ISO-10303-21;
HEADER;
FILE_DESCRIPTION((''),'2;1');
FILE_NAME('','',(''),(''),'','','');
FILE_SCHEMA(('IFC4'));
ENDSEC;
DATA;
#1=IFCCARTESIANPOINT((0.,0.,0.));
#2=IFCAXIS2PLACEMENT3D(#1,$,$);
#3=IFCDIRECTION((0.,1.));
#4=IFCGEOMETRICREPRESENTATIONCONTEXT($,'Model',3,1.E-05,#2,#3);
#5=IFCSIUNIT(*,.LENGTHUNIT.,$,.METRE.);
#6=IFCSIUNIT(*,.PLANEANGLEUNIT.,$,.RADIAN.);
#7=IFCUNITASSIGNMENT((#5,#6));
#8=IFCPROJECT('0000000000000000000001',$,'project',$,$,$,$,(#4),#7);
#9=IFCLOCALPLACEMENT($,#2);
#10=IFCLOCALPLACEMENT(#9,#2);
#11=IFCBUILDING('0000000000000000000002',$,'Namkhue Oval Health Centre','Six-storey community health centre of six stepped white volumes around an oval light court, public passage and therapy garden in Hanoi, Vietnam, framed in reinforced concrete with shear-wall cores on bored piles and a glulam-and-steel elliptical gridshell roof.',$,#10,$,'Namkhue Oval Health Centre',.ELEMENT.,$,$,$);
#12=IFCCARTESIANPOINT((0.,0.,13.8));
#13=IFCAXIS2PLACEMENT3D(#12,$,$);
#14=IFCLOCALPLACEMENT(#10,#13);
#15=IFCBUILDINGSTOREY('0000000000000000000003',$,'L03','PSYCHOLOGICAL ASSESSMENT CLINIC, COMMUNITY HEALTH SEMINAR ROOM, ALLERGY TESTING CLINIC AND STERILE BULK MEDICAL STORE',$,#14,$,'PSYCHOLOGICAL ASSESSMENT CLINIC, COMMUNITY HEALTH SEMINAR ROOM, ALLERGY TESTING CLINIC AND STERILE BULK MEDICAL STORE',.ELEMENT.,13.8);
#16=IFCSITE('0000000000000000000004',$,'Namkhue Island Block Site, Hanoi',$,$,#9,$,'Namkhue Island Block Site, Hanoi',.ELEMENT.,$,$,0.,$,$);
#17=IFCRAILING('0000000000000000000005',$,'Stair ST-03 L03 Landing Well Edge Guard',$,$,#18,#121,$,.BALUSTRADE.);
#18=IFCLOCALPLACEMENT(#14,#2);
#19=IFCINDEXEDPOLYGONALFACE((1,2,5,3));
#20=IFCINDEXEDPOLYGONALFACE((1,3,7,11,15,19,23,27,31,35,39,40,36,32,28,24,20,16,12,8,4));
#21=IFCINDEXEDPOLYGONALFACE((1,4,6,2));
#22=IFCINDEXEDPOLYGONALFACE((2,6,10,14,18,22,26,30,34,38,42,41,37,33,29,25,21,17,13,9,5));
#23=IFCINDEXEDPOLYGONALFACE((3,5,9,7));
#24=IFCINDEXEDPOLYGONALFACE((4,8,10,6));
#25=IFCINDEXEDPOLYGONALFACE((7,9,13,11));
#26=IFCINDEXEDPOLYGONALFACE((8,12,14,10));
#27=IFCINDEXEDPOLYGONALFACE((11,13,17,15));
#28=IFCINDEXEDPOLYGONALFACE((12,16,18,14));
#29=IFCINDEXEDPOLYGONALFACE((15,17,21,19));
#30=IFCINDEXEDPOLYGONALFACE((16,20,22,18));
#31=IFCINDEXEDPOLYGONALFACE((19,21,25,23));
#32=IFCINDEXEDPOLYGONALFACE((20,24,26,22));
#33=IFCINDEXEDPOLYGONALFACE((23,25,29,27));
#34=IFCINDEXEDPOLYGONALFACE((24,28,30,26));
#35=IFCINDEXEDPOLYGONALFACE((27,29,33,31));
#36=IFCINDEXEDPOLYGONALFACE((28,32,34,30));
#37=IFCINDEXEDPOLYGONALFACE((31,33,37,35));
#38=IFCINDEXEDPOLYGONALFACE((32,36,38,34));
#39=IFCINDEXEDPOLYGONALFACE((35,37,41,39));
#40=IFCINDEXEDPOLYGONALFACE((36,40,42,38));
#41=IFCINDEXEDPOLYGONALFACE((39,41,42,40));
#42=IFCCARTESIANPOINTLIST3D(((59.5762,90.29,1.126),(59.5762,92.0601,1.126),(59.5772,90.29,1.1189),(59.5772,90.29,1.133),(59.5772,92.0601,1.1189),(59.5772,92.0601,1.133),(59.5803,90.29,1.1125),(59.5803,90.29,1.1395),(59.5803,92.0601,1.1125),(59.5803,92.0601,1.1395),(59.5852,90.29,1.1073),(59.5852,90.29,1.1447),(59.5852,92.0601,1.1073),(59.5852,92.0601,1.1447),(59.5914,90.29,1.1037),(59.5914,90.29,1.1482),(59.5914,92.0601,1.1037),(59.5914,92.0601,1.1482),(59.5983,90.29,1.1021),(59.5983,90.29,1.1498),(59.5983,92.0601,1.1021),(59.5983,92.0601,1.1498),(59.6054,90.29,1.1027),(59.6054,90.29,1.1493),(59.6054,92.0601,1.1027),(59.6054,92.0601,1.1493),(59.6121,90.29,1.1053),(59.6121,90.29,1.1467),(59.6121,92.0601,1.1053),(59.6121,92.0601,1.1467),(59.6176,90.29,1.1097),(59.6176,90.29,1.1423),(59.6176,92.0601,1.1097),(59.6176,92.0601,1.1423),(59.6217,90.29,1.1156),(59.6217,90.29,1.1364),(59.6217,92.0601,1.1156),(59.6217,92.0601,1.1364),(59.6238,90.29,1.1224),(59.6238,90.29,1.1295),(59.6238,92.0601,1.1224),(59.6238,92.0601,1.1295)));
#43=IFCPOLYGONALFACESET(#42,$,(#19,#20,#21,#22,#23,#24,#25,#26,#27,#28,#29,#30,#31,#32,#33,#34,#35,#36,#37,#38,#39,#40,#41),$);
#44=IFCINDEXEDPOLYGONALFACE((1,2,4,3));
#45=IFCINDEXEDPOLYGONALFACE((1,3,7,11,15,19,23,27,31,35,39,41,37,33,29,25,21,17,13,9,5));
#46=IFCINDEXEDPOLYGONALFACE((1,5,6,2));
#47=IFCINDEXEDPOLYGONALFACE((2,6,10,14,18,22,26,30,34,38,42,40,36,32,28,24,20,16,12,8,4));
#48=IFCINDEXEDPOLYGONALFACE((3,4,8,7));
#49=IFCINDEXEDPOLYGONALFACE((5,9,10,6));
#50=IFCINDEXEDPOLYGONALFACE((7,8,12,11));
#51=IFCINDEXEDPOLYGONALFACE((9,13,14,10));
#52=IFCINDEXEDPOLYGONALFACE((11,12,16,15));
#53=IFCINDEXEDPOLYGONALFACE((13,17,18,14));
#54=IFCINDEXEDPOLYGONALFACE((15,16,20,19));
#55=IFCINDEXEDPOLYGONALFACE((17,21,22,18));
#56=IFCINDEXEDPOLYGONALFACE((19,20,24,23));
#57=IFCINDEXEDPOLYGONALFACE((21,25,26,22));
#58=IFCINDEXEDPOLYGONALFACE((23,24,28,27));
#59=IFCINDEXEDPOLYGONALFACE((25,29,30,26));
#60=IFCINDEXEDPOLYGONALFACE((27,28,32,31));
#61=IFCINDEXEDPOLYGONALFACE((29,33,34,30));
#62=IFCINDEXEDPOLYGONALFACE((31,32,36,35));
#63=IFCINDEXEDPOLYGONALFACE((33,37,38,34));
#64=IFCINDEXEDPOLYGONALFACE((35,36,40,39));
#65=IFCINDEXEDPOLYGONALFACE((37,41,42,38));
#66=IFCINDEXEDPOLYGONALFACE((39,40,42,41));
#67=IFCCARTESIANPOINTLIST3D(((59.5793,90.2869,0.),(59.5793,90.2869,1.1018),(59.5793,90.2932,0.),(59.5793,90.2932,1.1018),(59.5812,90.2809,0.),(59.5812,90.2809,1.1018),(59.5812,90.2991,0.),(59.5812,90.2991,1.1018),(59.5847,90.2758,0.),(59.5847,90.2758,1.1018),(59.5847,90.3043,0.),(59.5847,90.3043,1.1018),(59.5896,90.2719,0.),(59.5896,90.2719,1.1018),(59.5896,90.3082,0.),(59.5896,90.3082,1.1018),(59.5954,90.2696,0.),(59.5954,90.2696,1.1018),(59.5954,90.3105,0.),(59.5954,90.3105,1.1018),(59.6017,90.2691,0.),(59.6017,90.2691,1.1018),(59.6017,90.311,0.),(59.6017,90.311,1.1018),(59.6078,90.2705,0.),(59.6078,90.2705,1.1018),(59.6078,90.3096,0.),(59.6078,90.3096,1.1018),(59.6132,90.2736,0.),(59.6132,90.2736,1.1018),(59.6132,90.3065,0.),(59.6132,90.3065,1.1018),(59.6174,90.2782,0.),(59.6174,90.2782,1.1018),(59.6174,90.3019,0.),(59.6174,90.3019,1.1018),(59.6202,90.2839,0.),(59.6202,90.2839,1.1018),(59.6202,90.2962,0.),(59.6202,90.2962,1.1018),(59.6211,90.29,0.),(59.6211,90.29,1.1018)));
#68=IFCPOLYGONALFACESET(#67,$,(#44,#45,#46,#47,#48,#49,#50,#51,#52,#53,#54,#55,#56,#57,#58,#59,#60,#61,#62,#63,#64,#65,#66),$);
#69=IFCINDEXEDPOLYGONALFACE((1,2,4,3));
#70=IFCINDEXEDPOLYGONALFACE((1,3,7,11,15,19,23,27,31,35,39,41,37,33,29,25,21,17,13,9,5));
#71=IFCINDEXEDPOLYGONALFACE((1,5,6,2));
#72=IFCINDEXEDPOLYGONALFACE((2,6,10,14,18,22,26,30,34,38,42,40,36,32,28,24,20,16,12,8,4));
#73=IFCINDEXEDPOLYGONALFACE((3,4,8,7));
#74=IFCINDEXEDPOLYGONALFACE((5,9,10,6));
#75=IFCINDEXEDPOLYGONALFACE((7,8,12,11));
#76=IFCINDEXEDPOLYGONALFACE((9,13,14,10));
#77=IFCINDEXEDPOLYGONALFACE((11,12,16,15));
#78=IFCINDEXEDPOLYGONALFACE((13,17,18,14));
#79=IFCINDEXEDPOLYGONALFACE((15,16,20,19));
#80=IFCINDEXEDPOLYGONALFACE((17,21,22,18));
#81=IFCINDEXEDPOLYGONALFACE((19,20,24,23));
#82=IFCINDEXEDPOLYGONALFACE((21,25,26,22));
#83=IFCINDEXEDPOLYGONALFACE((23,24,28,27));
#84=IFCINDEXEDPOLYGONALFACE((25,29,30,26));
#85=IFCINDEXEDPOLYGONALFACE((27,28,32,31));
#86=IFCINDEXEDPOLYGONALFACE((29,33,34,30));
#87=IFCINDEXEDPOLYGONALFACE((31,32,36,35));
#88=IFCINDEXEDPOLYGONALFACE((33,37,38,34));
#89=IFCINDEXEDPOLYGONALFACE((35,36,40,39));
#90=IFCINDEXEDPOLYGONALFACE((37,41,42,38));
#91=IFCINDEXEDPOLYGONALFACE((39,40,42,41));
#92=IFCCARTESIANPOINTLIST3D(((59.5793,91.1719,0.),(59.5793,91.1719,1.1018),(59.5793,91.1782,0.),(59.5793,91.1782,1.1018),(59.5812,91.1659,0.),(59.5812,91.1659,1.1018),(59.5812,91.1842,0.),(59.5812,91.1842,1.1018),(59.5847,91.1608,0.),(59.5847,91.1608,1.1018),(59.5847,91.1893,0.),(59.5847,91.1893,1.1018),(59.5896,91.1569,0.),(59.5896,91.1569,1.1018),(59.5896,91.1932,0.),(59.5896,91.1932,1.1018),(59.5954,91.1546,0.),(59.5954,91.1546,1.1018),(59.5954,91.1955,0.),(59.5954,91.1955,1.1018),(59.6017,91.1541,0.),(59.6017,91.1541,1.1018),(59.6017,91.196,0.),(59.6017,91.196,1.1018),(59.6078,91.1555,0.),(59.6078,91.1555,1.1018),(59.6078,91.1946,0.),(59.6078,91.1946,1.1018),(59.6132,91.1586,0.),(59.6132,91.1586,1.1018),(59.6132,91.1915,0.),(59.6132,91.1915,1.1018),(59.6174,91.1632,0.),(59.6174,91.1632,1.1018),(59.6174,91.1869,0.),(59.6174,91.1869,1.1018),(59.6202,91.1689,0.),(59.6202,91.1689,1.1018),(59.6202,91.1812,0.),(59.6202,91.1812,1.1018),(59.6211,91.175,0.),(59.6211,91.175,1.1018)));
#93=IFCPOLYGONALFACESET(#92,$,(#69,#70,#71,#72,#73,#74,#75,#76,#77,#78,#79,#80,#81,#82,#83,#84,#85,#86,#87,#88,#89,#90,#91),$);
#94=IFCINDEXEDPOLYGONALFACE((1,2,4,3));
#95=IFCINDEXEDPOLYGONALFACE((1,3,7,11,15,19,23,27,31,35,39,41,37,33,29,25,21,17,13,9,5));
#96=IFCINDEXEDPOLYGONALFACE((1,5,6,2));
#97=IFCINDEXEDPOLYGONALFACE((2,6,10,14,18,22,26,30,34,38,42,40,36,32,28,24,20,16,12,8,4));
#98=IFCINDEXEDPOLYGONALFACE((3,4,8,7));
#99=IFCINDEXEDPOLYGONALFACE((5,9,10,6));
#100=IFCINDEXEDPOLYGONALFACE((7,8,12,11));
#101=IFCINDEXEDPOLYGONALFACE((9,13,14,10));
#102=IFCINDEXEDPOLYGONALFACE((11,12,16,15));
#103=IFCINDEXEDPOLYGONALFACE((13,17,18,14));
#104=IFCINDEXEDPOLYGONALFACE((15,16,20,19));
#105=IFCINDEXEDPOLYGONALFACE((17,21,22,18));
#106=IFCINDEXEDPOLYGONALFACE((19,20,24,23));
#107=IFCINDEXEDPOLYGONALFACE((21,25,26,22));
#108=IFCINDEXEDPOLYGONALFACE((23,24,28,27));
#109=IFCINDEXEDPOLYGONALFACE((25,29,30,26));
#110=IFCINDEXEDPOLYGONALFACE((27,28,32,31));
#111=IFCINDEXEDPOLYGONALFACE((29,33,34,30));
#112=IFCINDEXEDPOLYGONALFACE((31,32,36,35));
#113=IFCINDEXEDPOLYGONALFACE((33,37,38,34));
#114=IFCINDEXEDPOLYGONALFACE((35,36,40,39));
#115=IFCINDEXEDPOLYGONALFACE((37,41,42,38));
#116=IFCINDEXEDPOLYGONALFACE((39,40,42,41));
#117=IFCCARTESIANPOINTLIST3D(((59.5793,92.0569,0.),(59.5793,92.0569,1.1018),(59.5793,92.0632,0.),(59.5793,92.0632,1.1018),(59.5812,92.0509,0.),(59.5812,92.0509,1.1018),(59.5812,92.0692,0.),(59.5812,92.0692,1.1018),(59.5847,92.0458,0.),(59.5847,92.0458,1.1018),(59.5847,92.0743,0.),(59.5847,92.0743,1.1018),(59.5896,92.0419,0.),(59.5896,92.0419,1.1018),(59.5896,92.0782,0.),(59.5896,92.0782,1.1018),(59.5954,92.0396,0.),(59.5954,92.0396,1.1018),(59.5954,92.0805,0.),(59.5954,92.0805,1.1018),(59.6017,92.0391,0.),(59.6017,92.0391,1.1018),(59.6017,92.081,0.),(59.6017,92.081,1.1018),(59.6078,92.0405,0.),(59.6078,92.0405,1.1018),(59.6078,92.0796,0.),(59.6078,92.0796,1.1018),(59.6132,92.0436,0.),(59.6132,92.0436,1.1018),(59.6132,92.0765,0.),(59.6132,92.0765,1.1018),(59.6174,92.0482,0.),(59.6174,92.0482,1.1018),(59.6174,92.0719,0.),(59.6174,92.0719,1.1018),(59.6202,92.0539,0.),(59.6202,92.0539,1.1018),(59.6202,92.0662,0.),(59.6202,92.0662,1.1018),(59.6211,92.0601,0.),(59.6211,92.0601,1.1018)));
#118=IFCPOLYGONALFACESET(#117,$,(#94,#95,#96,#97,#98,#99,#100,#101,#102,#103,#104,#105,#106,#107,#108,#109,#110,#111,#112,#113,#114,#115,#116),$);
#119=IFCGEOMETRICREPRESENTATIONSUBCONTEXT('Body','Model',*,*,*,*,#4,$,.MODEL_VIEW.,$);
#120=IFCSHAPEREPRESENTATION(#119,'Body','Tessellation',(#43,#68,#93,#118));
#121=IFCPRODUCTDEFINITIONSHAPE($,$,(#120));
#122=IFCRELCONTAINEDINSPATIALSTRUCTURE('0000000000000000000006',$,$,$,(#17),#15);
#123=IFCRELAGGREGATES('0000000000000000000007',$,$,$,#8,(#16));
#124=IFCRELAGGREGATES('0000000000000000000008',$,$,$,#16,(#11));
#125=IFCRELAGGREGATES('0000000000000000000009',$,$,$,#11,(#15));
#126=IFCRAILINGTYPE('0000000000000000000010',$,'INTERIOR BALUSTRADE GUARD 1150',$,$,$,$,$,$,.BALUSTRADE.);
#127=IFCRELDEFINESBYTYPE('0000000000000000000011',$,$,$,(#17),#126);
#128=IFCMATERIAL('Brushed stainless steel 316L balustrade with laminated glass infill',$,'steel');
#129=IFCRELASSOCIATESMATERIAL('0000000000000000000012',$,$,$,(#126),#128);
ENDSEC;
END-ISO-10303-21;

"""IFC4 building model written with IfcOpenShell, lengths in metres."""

from ifc_helpers import new_model, si_unit, direction, frame, origin, origin_2d, place, context, subcontext, project, spatial, circle, extrude, material, type_object, element, save


model = new_model("IFC4")

# Units and contexts
model_context = context("Model", 3, precision=1e-05, world=origin(), true_north=direction((0.0, 1.0)))
body_context = subcontext(model_context, "Body", "Model", "MODEL_VIEW")
ifc_project = project(units=[si_unit("LENGTHUNIT", "METRE"), si_unit("PLANEANGLEUNIT", "RADIAN")], contexts=[model_context])

# Site, building, storey
site_placement = place(None, origin())
site = spatial("IfcSite", under=ifc_project, at=site_placement, Name="Namkhue Island Block Site, Hanoi", LongName="Namkhue Island Block Site, Hanoi", CompositionType="ELEMENT", RefElevation=0.0)
building_placement = place(site_placement, origin())
building = spatial("IfcBuilding", under=site, at=building_placement, Name="Namkhue Oval Health Centre", Description="Six-storey community health centre of six stepped white volumes around an oval light court, public passage and therapy garden in Hanoi, Vietnam, framed in reinforced concrete with shear-wall cores on bored piles and a glulam-and-steel elliptical gridshell roof.", LongName="Namkhue Oval Health Centre", CompositionType="ELEMENT")
storey_placement = place(building_placement, frame((0.0, 0.0, 13.8)))
storey = spatial("IfcBuildingStorey", under=building, at=storey_placement, Name="L03", Description="PSYCHOLOGICAL ASSESSMENT CLINIC, COMMUNITY HEALTH SEMINAR ROOM, ALLERGY TESTING CLINIC AND STERILE BULK MEDICAL STORE", LongName="PSYCHOLOGICAL ASSESSMENT CLINIC, COMMUNITY HEALTH SEMINAR ROOM, ALLERGY TESTING CLINIC AND STERILE BULK MEDICAL STORE", CompositionType="ELEMENT", Elevation=13.8)

# Railing
ifc_material_1 = material(Name="Brushed stainless steel 316L balustrade with laminated glass infill", Category="steel")
railing_type_1 = type_object("IfcRailingType", Name="INTERIOR BALUSTRADE GUARD 1150", PredefinedType="BALUSTRADE", material=ifc_material_1)
railing_1_placement = place(storey_placement, frame((59.6001, 90.29, 0.0)))
element("IfcRailing", 1, at=railing_1_placement, inside=storey, type_object=railing_type_1, Name="Stair ST-03 L03 Landing Well Edge Guard", PredefinedType="BALUSTRADE", context=body_context, shape_type="SweptSolid", body=[
    extrude(circle(Radius=0.0239, at=origin_2d()), frame((0.0, 0.0, 1.126), z_axis=(0.0, 1.0, 0.0), x_axis=(-1.0, 0.0, 0.0)), (0.0, 0.0, 1.0), 1.77),
    extrude(circle(Radius=0.021, at=origin_2d()), origin(), (0.0, 0.0, 1.0), 1.1018),
    extrude(circle(Radius=0.021, at=origin_2d()), frame((0.0, 0.885, 0.0)), (0.0, 0.0, 1.0), 1.1018),
    extrude(circle(Radius=0.021, at=origin_2d()), frame((0.0, 1.77, 0.0)), (0.0, 0.0, 1.0), 1.1018),
])

save(model, "model.ifc")
